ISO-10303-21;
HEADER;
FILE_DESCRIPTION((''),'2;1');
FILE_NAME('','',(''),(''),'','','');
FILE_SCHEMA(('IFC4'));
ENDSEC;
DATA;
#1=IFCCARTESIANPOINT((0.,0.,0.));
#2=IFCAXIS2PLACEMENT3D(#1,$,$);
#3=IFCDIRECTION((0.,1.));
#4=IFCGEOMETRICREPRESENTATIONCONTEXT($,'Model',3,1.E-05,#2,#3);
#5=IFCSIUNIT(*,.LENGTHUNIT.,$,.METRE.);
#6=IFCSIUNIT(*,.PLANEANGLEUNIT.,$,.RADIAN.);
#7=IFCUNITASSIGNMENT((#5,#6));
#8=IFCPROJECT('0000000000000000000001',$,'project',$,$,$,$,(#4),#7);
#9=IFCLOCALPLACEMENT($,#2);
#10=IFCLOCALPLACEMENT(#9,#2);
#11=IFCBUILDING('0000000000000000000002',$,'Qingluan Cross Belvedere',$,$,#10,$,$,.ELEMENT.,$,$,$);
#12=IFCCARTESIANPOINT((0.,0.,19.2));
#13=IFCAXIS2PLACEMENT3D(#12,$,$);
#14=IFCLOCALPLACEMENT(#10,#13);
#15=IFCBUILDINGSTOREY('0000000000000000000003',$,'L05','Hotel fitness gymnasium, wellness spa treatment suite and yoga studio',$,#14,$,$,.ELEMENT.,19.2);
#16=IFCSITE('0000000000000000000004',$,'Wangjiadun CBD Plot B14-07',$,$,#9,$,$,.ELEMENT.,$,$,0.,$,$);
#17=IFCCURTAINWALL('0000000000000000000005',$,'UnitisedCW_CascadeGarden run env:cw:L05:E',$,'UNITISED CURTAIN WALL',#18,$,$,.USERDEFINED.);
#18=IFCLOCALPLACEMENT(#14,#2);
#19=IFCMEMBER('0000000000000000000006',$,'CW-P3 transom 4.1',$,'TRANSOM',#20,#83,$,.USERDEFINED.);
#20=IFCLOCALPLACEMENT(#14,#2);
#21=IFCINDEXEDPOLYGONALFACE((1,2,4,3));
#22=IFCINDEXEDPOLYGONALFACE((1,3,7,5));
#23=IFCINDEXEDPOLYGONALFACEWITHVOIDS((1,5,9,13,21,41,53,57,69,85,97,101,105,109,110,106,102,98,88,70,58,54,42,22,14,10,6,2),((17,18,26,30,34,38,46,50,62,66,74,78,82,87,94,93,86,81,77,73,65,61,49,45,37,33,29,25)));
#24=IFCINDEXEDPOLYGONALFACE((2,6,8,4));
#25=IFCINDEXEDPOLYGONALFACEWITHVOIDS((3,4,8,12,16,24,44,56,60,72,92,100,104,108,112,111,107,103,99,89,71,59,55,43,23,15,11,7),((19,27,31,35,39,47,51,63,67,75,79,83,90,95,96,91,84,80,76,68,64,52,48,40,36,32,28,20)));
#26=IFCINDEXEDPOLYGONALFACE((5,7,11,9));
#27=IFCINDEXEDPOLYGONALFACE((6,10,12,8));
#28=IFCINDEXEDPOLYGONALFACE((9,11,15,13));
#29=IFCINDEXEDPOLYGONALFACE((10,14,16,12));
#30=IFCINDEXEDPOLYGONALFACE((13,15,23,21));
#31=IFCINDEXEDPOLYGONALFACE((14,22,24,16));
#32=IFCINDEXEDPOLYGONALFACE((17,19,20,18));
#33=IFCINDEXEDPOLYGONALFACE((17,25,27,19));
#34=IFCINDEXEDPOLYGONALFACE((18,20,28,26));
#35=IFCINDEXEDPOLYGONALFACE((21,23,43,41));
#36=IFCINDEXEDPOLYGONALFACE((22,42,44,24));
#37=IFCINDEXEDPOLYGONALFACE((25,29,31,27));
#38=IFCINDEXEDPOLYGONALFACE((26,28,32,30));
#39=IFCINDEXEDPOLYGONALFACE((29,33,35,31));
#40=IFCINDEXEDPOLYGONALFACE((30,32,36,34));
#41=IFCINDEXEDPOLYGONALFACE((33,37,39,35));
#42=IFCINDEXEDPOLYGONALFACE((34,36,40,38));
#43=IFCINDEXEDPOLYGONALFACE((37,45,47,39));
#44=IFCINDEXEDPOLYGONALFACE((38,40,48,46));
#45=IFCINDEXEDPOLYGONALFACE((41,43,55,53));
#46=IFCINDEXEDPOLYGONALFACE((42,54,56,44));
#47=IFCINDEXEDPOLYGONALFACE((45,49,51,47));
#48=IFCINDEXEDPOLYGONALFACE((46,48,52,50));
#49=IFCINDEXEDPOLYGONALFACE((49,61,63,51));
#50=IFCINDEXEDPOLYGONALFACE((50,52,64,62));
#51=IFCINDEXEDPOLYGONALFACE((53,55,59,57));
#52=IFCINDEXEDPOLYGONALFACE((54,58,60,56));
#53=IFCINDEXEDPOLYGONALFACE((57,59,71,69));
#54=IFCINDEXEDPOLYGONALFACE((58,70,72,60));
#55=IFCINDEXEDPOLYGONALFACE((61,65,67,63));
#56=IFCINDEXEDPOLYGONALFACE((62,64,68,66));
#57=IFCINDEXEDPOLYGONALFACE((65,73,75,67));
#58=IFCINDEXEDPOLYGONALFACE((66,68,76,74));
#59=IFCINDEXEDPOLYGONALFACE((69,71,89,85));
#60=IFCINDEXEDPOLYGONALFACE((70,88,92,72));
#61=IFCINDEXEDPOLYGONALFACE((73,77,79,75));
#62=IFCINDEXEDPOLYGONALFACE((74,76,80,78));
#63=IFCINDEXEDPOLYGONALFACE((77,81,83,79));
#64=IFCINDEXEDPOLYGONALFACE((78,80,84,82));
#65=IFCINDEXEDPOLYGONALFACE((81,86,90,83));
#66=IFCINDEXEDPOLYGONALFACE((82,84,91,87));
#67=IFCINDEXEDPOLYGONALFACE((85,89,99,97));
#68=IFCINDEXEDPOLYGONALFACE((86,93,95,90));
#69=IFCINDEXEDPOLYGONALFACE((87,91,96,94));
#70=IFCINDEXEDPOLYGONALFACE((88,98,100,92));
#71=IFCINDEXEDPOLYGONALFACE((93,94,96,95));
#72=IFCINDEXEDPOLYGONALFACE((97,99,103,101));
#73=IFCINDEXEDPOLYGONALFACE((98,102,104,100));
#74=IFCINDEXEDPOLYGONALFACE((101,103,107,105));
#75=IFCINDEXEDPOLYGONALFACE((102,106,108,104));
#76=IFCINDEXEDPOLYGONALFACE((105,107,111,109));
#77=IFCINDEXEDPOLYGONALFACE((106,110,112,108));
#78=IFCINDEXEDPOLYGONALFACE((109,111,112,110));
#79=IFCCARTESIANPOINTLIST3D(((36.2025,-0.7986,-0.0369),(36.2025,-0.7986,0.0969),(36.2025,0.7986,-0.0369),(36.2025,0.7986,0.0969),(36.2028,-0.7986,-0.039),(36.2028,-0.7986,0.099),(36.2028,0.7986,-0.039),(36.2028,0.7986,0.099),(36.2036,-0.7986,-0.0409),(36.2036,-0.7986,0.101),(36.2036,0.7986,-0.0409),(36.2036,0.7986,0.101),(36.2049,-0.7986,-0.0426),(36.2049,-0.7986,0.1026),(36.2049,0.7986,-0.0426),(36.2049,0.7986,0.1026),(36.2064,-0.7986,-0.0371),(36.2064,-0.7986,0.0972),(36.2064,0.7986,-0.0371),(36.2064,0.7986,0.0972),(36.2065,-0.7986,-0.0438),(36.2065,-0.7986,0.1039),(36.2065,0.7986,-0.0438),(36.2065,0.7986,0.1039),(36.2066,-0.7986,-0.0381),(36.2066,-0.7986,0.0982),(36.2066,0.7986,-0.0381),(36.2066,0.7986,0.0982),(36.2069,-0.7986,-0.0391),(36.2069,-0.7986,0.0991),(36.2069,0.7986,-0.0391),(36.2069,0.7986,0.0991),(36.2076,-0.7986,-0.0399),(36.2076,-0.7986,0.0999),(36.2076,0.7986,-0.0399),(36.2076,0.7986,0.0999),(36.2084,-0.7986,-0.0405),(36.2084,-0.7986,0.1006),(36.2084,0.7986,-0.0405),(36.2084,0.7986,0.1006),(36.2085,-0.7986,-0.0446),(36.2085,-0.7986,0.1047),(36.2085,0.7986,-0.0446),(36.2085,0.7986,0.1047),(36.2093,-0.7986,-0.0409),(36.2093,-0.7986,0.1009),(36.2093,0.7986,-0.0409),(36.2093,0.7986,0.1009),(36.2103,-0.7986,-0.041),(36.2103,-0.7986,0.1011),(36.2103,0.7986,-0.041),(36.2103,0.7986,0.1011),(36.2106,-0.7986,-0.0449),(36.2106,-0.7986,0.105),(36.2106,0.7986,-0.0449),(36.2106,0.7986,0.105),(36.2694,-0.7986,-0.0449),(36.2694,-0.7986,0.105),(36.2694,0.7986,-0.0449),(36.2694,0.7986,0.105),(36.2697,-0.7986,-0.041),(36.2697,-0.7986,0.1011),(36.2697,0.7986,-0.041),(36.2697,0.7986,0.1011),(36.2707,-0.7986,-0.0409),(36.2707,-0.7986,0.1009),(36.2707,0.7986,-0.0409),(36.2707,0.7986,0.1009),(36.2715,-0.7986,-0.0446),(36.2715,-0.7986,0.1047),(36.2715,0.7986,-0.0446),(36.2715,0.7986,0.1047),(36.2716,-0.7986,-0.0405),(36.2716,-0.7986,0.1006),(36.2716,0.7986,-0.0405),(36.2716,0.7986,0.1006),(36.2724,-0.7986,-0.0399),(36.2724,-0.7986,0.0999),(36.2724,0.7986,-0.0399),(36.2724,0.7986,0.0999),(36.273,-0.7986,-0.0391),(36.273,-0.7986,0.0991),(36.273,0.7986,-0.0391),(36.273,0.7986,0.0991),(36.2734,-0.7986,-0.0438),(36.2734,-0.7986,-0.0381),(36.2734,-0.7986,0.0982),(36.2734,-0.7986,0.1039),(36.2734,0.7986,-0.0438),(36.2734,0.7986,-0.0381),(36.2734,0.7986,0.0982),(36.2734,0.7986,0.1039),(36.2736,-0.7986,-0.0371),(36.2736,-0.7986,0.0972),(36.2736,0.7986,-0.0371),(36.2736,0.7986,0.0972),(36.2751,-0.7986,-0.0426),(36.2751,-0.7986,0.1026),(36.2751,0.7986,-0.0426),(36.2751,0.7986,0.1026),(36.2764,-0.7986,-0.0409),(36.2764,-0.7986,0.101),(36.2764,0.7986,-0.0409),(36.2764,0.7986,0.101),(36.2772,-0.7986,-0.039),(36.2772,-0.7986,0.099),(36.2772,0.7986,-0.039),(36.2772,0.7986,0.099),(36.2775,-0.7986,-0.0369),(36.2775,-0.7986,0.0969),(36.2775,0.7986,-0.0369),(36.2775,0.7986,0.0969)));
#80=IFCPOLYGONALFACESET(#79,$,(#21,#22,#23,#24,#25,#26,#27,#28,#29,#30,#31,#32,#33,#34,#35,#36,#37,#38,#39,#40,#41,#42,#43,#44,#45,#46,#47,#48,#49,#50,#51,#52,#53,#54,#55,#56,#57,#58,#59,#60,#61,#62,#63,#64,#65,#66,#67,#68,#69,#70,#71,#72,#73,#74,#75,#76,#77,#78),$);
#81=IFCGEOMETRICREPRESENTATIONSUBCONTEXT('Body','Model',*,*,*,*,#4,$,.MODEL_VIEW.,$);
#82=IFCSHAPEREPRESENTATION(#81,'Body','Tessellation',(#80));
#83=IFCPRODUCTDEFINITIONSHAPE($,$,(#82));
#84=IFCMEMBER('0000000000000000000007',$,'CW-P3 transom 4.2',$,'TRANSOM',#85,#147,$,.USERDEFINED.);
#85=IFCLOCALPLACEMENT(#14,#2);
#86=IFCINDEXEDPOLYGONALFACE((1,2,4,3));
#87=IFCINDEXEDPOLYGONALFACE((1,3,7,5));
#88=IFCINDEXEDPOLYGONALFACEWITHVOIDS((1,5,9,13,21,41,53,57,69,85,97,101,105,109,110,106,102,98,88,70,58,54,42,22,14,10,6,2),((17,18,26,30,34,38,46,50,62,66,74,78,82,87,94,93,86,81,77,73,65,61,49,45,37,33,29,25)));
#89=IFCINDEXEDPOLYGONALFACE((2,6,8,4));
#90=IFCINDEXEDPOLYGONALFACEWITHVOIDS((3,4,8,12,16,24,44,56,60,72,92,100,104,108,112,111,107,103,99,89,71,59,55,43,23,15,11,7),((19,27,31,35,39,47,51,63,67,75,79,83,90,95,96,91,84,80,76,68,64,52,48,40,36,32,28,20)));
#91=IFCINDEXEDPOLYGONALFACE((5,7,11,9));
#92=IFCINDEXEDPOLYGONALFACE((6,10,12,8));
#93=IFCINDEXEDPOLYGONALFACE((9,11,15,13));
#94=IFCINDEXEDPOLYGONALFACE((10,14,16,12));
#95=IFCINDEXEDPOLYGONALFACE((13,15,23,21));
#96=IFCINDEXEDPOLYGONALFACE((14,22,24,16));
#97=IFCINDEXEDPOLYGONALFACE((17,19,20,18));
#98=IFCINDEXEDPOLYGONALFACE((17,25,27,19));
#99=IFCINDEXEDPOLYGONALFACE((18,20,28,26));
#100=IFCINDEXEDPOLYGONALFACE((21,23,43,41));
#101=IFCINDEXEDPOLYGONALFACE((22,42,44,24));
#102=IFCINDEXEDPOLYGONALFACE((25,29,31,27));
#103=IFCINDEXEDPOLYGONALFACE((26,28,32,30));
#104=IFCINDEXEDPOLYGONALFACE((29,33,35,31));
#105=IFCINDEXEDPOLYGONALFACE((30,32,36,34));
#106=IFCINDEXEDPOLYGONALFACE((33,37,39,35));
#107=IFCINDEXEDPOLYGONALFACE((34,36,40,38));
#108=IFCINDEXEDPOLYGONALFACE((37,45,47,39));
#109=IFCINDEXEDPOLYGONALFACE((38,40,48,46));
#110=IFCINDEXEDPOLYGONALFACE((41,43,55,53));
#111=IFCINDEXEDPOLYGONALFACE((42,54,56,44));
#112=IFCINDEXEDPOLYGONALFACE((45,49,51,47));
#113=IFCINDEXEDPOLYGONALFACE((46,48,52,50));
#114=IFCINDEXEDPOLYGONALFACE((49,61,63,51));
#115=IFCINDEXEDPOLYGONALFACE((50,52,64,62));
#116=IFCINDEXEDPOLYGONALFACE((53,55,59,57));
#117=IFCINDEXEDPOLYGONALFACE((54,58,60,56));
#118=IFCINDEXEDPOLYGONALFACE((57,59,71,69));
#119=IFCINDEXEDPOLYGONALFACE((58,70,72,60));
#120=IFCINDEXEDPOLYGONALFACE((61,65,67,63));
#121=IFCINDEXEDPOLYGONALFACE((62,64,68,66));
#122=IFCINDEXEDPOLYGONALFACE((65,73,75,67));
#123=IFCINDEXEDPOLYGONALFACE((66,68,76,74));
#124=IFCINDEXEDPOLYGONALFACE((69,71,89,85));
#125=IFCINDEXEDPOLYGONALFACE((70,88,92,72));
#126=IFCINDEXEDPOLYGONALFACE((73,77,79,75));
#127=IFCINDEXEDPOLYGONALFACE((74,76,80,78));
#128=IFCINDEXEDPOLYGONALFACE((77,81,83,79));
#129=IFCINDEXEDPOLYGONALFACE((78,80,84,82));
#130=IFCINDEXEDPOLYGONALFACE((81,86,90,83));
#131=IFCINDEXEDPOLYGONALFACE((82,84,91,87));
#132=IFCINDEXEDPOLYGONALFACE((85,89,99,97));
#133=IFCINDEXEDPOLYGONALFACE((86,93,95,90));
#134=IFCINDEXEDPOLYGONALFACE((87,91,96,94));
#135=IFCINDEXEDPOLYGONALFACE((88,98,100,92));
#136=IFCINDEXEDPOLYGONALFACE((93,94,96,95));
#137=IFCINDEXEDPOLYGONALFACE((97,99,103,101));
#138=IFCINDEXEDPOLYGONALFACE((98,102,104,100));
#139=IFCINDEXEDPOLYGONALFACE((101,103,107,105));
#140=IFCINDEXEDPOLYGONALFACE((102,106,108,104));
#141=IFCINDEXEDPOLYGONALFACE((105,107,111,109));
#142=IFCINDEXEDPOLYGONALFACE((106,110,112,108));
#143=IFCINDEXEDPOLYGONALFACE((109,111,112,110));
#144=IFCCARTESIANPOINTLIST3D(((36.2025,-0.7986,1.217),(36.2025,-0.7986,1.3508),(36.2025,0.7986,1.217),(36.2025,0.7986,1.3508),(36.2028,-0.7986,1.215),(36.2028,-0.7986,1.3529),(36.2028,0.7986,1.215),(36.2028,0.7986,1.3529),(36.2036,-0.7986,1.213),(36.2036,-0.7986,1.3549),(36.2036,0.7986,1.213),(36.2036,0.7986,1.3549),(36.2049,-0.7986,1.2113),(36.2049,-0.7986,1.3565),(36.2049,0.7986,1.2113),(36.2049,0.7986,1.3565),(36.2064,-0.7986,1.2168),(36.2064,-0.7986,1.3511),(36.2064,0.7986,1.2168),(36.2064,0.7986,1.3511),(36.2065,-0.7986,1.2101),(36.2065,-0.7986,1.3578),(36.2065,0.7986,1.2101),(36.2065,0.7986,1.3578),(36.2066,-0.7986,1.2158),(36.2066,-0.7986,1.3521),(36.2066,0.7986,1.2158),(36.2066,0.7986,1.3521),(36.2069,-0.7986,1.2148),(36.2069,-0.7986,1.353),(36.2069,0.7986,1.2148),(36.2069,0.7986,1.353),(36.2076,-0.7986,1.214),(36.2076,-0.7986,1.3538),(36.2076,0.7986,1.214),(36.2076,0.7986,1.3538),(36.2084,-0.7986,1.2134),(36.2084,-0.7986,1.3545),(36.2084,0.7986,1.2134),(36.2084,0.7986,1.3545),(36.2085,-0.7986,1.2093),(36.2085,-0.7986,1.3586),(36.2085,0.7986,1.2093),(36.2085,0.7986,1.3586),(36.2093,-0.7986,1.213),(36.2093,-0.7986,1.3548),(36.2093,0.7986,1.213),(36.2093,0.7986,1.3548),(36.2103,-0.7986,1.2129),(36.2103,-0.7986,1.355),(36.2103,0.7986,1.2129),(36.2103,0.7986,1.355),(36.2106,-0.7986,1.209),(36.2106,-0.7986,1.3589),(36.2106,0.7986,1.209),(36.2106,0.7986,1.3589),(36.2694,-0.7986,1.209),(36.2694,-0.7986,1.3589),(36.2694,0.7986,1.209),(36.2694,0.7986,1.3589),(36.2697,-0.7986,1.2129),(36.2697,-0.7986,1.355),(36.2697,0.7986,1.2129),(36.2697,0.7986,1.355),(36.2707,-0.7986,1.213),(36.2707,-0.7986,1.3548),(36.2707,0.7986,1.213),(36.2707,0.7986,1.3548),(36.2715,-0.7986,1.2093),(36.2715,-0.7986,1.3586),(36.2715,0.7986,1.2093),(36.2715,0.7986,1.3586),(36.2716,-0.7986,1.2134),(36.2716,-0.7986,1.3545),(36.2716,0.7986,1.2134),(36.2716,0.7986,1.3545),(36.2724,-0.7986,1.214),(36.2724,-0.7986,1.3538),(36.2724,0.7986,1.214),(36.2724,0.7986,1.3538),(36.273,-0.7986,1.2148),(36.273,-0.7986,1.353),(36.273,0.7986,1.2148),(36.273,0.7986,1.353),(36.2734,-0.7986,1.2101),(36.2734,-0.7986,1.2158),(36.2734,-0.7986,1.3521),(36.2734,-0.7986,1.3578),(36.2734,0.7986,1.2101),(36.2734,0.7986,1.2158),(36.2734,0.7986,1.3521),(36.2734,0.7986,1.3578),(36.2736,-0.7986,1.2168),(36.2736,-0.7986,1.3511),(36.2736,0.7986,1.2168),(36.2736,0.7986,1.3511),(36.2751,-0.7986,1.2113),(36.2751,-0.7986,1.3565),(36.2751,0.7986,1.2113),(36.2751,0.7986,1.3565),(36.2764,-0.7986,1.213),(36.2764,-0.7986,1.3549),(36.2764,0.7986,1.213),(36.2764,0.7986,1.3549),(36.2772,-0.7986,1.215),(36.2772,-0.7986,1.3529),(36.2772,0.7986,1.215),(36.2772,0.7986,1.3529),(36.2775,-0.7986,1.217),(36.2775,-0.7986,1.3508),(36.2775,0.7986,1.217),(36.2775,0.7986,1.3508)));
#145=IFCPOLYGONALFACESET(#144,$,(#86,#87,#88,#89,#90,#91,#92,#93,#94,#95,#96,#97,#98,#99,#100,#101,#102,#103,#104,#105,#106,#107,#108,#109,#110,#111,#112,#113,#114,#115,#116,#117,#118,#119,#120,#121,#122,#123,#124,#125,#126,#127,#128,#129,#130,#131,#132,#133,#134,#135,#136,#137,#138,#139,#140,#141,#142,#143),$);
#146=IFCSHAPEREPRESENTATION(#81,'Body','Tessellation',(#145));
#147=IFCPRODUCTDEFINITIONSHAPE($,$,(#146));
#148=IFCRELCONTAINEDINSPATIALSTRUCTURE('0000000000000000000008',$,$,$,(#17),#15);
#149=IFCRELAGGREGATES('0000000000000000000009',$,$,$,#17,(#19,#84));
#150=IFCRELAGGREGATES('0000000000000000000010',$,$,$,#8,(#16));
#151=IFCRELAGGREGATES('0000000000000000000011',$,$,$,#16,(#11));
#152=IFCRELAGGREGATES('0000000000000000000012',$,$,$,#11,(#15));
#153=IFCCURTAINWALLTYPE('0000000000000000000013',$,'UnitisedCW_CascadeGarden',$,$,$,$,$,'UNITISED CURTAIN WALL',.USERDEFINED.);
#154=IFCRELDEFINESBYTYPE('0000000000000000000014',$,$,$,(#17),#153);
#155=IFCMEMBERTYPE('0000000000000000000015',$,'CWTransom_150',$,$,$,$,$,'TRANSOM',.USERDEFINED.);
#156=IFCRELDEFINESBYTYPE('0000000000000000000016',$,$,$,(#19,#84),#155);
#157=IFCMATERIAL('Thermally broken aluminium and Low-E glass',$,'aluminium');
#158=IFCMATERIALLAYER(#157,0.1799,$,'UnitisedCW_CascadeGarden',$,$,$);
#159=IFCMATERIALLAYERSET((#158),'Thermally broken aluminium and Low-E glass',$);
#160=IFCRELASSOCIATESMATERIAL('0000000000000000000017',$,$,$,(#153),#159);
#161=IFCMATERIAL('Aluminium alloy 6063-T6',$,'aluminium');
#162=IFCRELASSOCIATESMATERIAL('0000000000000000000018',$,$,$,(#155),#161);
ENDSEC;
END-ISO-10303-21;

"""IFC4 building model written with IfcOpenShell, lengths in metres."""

from ifc_helpers import new_model, si_unit, direction, frame, origin, origin_2d, place, context, subcontext, project, spatial, hollow_rectangle, extrude, material, layer, layer_set, material_profile, profile_set, type_object, element, aggregate, save


model = new_model("IFC4")

# Units and contexts
model_context = context("Model", 3, precision=1e-05, world=origin(), true_north=direction((0.0, 1.0)))
body_context = subcontext(model_context, "Body", "Model", "MODEL_VIEW")
ifc_project = project(units=[si_unit("LENGTHUNIT", "METRE"), si_unit("PLANEANGLEUNIT", "RADIAN")], contexts=[model_context])

# Site, building, storey
site_placement = place(None, origin())
site = spatial("IfcSite", under=ifc_project, at=site_placement, Name="Wangjiadun CBD Plot B14-07", CompositionType="ELEMENT", RefElevation=0.0)
building_placement = place(site_placement, origin())
building = spatial("IfcBuilding", under=site, at=building_placement, Name="Qingluan Cross Belvedere", CompositionType="ELEMENT")
storey_placement = place(building_placement, frame((0.0, 0.0, 19.2)))
storey = spatial("IfcBuildingStorey", under=building, at=storey_placement, Name="L05", Description="Hotel fitness gymnasium, wellness spa treatment suite and yoga studio", CompositionType="ELEMENT", Elevation=19.2)

# Curtain wall, members
ifc_material_1 = material(Name="Thermally broken aluminium and Low-E glass", Category="aluminium")
ifc_layer_1 = layer(ifc_material_1, 0.1799, Name="UnitisedCW_CascadeGarden")
ifc_layer_set_1 = layer_set([ifc_layer_1], Name="Thermally broken aluminium and Low-E glass")
curtain_wall_type = type_object("IfcCurtainWallType", Name="UnitisedCW_CascadeGarden", ElementType="UNITISED CURTAIN WALL", PredefinedType="USERDEFINED", material=ifc_layer_set_1)
curtain_wall_placement = place(storey_placement, origin())
curtain_wall = element("IfcCurtainWall", 1, at=curtain_wall_placement, inside=storey, type_object=curtain_wall_type, Name="UnitisedCW_CascadeGarden run env:cw:L05:E", ObjectType="UNITISED CURTAIN WALL", PredefinedType="USERDEFINED")
ifc_material_2 = material(Name="Aluminium alloy 6063-T6", Category="aluminium")
ifc_material_profile_1 = material_profile(ifc_material_2, hollow_rectangle(XDim=0.075, YDim=0.1499, WallThickness=0.0039, InnerFilletRadius=0.0039, OuterFilletRadius=0.0081, at=origin_2d()), Name="CWT150x75x4")
ifc_profile_set_1 = profile_set([ifc_material_profile_1], Name="Aluminium alloy 6063-T6")
member_type_1 = type_object("IfcMemberType", Name="CWTransom_150", ElementType="TRANSOM", PredefinedType="USERDEFINED", material=ifc_profile_set_1)
member_1_placement = place(storey_placement, frame((36.24, 0.7986, 0.03), z_axis=(0.0, -1.0, 0.0), x_axis=(1.0, 0.0, 0.0)))
member_1 = element("IfcMember", 2, at=member_1_placement, type_object=member_type_1, Name="CW-P3 transom 4.1", ObjectType="TRANSOM", PredefinedType="USERDEFINED", context=body_context, shape_type="SweptSolid", body=[
    extrude(hollow_rectangle(XDim=0.075, YDim=0.1499, WallThickness=0.0039, InnerFilletRadius=0.0039, OuterFilletRadius=0.0081, at=origin_2d()), origin(), (0.0, 0.0, 1.0), 1.5972),
])
member_2_placement = place(storey_placement, frame((36.24, 0.7986, 1.2839), z_axis=(0.0, -1.0, 0.0), x_axis=(1.0, 0.0, 0.0)))
member_2 = element("IfcMember", 3, at=member_2_placement, type_object=member_type_1, Name="CW-P3 transom 4.2", ObjectType="TRANSOM", PredefinedType="USERDEFINED", context=body_context, shape_type="SweptSolid", body=[
    extrude(hollow_rectangle(XDim=0.075, YDim=0.1499, WallThickness=0.0039, InnerFilletRadius=0.0039, OuterFilletRadius=0.0081, at=origin_2d()), origin(), (0.0, 0.0, 1.0), 1.5972),
])
aggregate(curtain_wall, [member_1, member_2])

save(model, "model.ifc")
